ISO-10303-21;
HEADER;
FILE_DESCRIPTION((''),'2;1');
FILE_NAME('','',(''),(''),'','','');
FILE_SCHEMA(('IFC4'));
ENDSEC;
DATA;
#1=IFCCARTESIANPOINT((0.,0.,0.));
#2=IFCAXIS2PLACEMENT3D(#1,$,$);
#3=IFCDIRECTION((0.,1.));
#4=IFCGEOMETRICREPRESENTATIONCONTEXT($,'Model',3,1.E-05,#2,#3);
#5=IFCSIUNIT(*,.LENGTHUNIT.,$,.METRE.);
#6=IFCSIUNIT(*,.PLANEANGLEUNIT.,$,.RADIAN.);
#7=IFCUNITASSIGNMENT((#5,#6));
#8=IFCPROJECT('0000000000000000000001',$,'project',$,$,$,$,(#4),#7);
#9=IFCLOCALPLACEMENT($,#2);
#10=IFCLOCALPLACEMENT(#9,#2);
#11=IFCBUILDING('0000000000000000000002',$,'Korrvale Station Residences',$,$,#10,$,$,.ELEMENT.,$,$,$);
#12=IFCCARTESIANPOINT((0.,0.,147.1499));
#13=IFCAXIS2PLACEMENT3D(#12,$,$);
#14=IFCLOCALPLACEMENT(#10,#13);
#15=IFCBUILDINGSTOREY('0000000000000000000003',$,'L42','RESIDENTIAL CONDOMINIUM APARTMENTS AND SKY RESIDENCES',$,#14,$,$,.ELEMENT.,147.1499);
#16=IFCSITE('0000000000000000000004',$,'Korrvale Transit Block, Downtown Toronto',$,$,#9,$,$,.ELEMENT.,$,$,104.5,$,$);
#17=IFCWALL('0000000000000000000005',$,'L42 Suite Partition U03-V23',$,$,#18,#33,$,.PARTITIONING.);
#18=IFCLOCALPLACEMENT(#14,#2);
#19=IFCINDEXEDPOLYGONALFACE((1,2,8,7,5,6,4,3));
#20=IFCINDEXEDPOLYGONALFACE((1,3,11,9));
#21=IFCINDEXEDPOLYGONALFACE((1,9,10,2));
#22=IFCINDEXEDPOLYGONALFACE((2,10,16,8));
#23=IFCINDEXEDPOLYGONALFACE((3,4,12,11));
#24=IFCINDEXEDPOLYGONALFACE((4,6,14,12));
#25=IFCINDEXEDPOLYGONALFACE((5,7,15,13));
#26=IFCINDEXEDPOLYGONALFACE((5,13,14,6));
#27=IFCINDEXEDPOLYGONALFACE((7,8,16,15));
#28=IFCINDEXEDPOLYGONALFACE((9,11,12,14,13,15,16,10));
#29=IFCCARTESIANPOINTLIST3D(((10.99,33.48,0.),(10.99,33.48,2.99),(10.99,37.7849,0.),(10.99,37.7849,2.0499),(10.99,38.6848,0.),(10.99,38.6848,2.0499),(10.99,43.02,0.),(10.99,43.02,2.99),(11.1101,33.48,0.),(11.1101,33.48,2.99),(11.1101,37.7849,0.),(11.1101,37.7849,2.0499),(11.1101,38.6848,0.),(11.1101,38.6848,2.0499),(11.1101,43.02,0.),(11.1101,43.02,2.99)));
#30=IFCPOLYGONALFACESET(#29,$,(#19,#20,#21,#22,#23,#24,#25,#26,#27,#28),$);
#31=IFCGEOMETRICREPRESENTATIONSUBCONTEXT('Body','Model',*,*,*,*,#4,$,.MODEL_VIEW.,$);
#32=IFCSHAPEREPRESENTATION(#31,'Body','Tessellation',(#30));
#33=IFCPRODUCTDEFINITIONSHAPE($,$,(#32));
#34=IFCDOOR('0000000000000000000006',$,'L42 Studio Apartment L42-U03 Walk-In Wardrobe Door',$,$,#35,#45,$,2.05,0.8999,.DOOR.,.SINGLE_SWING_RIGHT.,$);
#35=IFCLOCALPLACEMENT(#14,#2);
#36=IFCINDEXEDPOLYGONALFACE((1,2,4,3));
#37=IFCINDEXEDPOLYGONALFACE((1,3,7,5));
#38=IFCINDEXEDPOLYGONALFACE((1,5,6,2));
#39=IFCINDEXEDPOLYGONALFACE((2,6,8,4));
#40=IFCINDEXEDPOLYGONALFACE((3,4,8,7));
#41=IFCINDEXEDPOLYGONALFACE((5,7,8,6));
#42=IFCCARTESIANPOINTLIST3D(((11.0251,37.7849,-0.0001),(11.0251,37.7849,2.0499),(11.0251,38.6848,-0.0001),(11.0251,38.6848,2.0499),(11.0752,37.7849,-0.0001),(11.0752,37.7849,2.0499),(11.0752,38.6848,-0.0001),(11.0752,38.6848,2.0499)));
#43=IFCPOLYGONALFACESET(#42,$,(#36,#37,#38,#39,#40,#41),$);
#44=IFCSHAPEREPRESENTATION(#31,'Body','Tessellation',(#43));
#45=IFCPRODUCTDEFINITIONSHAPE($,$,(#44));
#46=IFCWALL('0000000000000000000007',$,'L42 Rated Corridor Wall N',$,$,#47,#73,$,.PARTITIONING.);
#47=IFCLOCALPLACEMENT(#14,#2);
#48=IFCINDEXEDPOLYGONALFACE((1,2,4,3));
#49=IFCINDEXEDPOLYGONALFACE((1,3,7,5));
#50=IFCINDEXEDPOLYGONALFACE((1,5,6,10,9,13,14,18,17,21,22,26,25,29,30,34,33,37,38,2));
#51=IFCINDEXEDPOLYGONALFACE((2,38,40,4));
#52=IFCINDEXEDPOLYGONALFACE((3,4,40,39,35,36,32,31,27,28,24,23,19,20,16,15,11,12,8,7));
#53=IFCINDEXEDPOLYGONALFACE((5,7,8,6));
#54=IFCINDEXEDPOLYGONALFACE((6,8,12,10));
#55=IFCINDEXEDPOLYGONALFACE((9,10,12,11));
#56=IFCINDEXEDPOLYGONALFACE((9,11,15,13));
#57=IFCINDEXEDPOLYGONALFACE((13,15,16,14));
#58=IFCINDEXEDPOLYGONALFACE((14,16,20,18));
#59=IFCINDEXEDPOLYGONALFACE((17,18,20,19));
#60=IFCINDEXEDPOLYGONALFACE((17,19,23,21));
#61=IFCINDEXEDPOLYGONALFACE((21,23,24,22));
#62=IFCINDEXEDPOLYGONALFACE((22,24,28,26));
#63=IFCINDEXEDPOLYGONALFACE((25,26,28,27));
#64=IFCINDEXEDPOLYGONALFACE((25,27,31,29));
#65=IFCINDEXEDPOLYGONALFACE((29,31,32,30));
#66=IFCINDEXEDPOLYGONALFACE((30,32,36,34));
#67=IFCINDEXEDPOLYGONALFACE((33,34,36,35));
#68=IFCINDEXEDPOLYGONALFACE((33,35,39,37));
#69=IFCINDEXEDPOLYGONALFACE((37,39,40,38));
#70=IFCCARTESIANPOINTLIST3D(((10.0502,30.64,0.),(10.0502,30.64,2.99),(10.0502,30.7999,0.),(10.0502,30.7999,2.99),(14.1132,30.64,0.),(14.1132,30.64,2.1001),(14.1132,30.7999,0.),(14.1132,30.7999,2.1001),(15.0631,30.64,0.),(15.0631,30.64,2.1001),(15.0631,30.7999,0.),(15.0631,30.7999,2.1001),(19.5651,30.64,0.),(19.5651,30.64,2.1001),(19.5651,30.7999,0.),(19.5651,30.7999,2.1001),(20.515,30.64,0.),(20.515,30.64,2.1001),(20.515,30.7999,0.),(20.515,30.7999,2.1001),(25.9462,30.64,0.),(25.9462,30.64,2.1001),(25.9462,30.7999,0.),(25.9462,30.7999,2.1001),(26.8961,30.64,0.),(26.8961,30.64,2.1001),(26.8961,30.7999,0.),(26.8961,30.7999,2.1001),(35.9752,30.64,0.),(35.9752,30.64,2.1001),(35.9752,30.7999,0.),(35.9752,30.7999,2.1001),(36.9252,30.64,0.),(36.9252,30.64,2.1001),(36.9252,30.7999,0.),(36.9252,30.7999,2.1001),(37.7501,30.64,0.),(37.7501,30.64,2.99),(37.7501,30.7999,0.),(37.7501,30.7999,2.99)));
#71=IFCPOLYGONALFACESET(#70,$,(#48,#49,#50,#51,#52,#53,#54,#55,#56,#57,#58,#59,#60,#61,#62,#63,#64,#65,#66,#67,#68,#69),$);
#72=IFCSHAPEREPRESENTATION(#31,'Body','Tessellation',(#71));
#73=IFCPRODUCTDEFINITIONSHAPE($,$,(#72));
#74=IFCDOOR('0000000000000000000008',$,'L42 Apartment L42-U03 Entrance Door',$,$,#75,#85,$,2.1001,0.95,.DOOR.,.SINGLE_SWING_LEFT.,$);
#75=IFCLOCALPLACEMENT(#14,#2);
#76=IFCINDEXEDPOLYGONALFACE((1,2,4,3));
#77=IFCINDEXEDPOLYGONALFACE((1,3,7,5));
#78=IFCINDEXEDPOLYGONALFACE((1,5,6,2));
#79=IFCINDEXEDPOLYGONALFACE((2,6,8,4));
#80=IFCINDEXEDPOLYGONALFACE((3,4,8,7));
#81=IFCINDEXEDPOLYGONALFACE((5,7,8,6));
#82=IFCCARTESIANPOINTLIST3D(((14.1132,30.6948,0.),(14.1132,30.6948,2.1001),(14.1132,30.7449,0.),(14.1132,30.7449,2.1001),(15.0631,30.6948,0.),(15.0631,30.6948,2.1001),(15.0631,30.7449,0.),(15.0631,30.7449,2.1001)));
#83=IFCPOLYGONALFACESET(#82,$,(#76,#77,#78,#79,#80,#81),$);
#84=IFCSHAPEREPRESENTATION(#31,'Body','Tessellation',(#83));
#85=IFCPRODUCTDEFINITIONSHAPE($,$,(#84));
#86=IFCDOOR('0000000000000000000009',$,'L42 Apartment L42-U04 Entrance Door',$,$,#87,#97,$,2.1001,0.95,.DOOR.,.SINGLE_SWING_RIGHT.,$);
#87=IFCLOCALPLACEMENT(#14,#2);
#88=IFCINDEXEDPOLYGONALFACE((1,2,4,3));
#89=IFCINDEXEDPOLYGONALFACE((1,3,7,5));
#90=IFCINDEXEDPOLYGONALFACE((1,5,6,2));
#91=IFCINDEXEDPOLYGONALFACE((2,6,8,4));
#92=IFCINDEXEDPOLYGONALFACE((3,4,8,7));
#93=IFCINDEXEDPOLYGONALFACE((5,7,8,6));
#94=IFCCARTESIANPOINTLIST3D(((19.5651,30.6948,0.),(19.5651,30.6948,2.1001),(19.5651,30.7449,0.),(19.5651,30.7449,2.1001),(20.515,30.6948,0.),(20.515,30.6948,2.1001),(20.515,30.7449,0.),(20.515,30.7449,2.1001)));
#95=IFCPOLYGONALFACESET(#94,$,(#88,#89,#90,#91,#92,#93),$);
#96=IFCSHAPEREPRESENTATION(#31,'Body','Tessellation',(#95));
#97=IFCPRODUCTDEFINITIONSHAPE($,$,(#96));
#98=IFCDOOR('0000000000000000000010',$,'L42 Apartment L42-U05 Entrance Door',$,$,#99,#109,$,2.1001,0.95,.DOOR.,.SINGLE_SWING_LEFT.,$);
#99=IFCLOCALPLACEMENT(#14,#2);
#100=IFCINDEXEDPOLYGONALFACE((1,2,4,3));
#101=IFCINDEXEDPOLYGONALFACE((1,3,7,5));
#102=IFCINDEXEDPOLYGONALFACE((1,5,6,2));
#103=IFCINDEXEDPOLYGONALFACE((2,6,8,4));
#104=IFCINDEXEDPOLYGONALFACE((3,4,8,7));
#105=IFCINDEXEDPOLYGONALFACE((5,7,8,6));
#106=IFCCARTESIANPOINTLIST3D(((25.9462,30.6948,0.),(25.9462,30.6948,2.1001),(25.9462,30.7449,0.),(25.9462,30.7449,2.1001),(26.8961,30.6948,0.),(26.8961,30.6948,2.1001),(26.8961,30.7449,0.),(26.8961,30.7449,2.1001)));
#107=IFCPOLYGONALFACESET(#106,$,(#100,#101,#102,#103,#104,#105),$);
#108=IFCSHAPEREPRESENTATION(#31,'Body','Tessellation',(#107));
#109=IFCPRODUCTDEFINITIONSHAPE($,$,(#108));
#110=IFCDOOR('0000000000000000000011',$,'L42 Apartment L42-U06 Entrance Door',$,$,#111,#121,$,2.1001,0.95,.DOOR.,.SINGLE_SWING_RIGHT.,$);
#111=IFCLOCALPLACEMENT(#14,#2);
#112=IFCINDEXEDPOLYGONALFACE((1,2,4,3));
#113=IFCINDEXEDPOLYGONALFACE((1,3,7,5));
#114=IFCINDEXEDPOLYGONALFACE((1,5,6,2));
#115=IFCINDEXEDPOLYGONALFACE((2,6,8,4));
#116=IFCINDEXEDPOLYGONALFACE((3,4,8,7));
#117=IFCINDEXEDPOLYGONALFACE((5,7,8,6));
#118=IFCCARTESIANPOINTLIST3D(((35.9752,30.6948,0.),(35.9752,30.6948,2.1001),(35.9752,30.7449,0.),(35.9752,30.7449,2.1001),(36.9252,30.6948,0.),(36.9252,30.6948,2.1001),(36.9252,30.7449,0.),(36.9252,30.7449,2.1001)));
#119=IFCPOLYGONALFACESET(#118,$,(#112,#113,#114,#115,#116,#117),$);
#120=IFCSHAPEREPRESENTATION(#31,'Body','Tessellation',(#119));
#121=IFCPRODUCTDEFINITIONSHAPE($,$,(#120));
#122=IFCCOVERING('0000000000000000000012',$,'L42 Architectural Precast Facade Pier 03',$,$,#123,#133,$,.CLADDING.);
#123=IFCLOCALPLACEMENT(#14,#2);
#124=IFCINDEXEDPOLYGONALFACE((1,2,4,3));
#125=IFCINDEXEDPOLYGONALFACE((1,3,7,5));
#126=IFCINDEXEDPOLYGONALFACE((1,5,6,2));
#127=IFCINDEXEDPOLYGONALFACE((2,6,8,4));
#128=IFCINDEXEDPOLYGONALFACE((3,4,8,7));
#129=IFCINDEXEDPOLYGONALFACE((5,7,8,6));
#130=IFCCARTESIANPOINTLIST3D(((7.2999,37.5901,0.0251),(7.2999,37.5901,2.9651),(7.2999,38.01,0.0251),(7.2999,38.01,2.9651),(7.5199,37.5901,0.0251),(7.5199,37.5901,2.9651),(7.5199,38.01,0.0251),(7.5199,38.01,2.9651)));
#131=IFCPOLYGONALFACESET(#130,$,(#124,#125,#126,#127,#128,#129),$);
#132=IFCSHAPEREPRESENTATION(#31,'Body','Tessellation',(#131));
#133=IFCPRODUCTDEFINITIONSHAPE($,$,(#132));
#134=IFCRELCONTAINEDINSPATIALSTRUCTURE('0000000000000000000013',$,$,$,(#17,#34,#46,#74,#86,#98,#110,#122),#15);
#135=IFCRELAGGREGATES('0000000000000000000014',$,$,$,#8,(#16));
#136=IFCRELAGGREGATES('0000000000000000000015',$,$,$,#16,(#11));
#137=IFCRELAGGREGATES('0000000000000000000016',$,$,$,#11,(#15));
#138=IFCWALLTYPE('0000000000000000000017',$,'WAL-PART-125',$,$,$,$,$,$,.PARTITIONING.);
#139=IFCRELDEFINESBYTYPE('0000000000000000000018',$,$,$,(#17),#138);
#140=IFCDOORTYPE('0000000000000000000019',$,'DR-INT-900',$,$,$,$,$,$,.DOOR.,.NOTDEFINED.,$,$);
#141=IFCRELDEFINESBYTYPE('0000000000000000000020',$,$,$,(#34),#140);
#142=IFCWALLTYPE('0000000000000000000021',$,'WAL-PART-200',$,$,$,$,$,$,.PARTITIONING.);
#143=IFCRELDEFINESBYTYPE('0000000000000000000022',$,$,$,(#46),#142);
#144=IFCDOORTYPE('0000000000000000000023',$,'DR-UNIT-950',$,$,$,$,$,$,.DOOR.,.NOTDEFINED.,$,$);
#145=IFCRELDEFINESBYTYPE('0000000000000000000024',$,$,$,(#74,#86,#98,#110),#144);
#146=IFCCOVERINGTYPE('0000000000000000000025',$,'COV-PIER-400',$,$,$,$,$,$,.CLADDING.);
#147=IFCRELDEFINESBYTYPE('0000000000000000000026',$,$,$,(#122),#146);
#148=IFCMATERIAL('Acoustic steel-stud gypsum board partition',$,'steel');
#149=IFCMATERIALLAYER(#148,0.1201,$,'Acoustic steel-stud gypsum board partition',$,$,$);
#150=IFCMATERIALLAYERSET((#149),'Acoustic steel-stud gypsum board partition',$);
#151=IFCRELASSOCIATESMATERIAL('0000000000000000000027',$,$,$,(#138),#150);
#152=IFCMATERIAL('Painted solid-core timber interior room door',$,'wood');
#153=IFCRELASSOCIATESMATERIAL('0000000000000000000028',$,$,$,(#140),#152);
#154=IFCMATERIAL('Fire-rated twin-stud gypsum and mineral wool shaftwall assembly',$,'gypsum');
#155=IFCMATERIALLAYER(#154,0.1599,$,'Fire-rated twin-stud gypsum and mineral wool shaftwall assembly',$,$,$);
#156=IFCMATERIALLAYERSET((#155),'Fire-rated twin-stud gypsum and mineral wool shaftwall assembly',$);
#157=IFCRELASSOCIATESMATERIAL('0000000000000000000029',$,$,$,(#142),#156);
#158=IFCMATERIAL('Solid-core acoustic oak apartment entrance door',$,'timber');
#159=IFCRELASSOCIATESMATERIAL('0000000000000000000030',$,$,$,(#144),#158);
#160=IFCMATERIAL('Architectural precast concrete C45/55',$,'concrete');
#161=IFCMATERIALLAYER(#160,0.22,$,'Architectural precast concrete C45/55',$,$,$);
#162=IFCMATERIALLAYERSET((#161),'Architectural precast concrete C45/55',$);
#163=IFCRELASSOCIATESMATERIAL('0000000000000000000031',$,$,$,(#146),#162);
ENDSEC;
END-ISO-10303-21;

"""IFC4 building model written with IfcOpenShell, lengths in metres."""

from ifc_helpers import new_model, si_unit, direction, frame, frame_2d, origin, origin_2d, place, context, subcontext, project, spatial, rectangle, extrude, material, layer, layer_set, type_object, element, fill, save


model = new_model("IFC4")

# Units and contexts
model_context = context("Model", 3, precision=1e-05, world=origin(), true_north=direction((0.0, 1.0)))
body_context = subcontext(model_context, "Body", "Model", "MODEL_VIEW")
ifc_project = project(units=[si_unit("LENGTHUNIT", "METRE"), si_unit("PLANEANGLEUNIT", "RADIAN")], contexts=[model_context])

# Site, building, storey
site_placement = place(None, origin())
site = spatial("IfcSite", under=ifc_project, at=site_placement, Name="Korrvale Transit Block, Downtown Toronto", CompositionType="ELEMENT", RefElevation=104.5)
building_placement = place(site_placement, origin())
building = spatial("IfcBuilding", under=site, at=building_placement, Name="Korrvale Station Residences", CompositionType="ELEMENT")
storey_placement = place(building_placement, frame((0.0, 0.0, 147.1499)))
storey = spatial("IfcBuildingStorey", under=building, at=storey_placement, Name="L42", Description="RESIDENTIAL CONDOMINIUM APARTMENTS AND SKY RESIDENCES", CompositionType="ELEMENT", Elevation=147.1499)

# Shared definitions
ifc_material_1 = material(Name="Acoustic steel-stud gypsum board partition", Category="steel")
ifc_layer_1 = layer(ifc_material_1, 0.1201, Name="Acoustic steel-stud gypsum board partition")
ifc_layer_set_1 = layer_set([ifc_layer_1], Name="Acoustic steel-stud gypsum board partition")
wall_type_1 = type_object("IfcWallType", Name="WAL-PART-125", PredefinedType="PARTITIONING", material=ifc_layer_set_1)

# Wall, opening, door
ifc_material_2 = material(Name="Painted solid-core timber interior room door", Category="wood")
door_type_1 = type_object("IfcDoorType", Name="DR-INT-900", OperationType="NOTDEFINED", PredefinedType="DOOR", material=ifc_material_2)
wall_1_placement = place(storey_placement, frame((11.05, 33.48, 0.0), z_axis=(0.0, 0.0, 1.0), x_axis=(0.0, 1.0, 0.0)))
wall_1 = element("IfcWall", 1, at=wall_1_placement, inside=storey, type_object=wall_type_1, Name="L42 Suite Partition U03-V23", PredefinedType="PARTITIONING", context=body_context, shape_type="SweptSolid", body=[
    extrude(rectangle(XDim=9.54, YDim=0.1201, at=frame_2d((4.77, 0.0))), origin(), (0.0, 0.0, 1.0), 2.99),
])
opening_1_placement = place(wall_1_placement, frame((4.3049, 0.0, 0.0)))
opening_1 = element("IfcOpeningElement", 2, at=opening_1_placement, cuts=wall_1, PredefinedType="OPENING", context=body_context, shape_type="SweptSolid", body=[
    extrude(rectangle(XDim=0.8999, YDim=2.05, at=frame_2d((0.45, 1.0249))), frame((0.0, 0.0701, 0.0), z_axis=(0.0, -1.0, 0.0), x_axis=(1.0, 0.0, 0.0)), (0.0, 0.0, 1.0), 0.1401),
])
door_1_placement = place(opening_1_placement, origin())
door_1 = element("IfcDoor", 3, at=door_1_placement, inside=storey, type_object=door_type_1, Name="L42 Studio Apartment L42-U03 Walk-In Wardrobe Door", OperationType="SINGLE_SWING_RIGHT", OverallHeight=2.05, OverallWidth=0.8999, PredefinedType="DOOR", context=body_context, shape_type="SweptSolid", body=[
    extrude(rectangle(XDim=0.8999, YDim=2.05, at=frame_2d((0.45, 1.0249))), frame((0.0, 0.0249, 0.0), z_axis=(0.0, -1.0, 0.0), x_axis=(1.0, 0.0, 0.0)), (0.0, 0.0, 1.0), 0.05),
])
fill(opening_1, door_1)

# Wall, openings, doors
ifc_material_3 = material(Name="Fire-rated twin-stud gypsum and mineral wool shaftwall assembly", Category="gypsum")
ifc_layer_2 = layer(ifc_material_3, 0.1599, Name="Fire-rated twin-stud gypsum and mineral wool shaftwall assembly")
ifc_layer_set_2 = layer_set([ifc_layer_2], Name="Fire-rated twin-stud gypsum and mineral wool shaftwall assembly")
wall_type_2 = type_object("IfcWallType", Name="WAL-PART-200", PredefinedType="PARTITIONING", material=ifc_layer_set_2)
wall_2_placement = place(storey_placement, frame((10.05, 30.72, 0.0), z_axis=(0.0, 0.0, 1.0), x_axis=(1.0, 0.0, 0.0)))
wall_2 = element("IfcWall", 4, at=wall_2_placement, inside=storey, type_object=wall_type_2, Name="L42 Rated Corridor Wall N", PredefinedType="PARTITIONING", context=body_context, shape_type="SweptSolid", body=[
    extrude(rectangle(XDim=27.7, YDim=0.1599, at=frame_2d((13.8501, 0.0))), origin(), (0.0, 0.0, 1.0), 2.99),
])
opening_2_placement = place(wall_2_placement, frame((4.063, 0.0, 0.0)))
opening_2 = element("IfcOpeningElement", 5, at=opening_2_placement, cuts=wall_2, PredefinedType="OPENING", context=body_context, shape_type="SweptSolid", body=[
    extrude(rectangle(XDim=0.95, YDim=2.1001, at=frame_2d((0.4751, 1.05))), frame((0.0, 0.0898, 0.0), z_axis=(0.0, -1.0, 0.0), x_axis=(1.0, 0.0, 0.0)), (0.0, 0.0, 1.0), 0.1799),
])
opening_3_placement = place(wall_2_placement, frame((9.5149, 0.0, 0.0)))
opening_3 = element("IfcOpeningElement", 6, at=opening_3_placement, cuts=wall_2, PredefinedType="OPENING", context=body_context, shape_type="SweptSolid", body=[
    extrude(rectangle(XDim=0.95, YDim=2.1001, at=frame_2d((0.4751, 1.05))), frame((0.0, 0.0898, 0.0), z_axis=(0.0, -1.0, 0.0), x_axis=(1.0, 0.0, 0.0)), (0.0, 0.0, 1.0), 0.1799),
])
opening_4_placement = place(wall_2_placement, frame((15.896, 0.0, 0.0)))
opening_4 = element("IfcOpeningElement", 7, at=opening_4_placement, cuts=wall_2, PredefinedType="OPENING", context=body_context, shape_type="SweptSolid", body=[
    extrude(rectangle(XDim=0.95, YDim=2.1001, at=frame_2d((0.4751, 1.05))), frame((0.0, 0.0898, 0.0), z_axis=(0.0, -1.0, 0.0), x_axis=(1.0, 0.0, 0.0)), (0.0, 0.0, 1.0), 0.1799),
])
opening_5_placement = place(wall_2_placement, frame((25.925, 0.0, 0.0)))
opening_5 = element("IfcOpeningElement", 8, at=opening_5_placement, cuts=wall_2, PredefinedType="OPENING", context=body_context, shape_type="SweptSolid", body=[
    extrude(rectangle(XDim=0.95, YDim=2.1001, at=frame_2d((0.4751, 1.05))), frame((0.0, 0.0898, 0.0), z_axis=(0.0, -1.0, 0.0), x_axis=(1.0, 0.0, 0.0)), (0.0, 0.0, 1.0), 0.1799),
])
ifc_material_4 = material(Name="Solid-core acoustic oak apartment entrance door", Category="timber")
door_type_2 = type_object("IfcDoorType", Name="DR-UNIT-950", OperationType="NOTDEFINED", PredefinedType="DOOR", material=ifc_material_4)
door_2_placement = place(opening_2_placement, origin())
door_2 = element("IfcDoor", 9, at=door_2_placement, inside=storey, type_object=door_type_2, Name="L42 Apartment L42-U03 Entrance Door", OperationType="SINGLE_SWING_LEFT", OverallHeight=2.1001, OverallWidth=0.95, PredefinedType="DOOR", context=body_context, shape_type="SweptSolid", body=[
    extrude(rectangle(XDim=0.95, YDim=2.1001, at=frame_2d((0.4751, 1.05))), frame((0.0, 0.0249, 0.0), z_axis=(0.0, -1.0, 0.0), x_axis=(1.0, 0.0, 0.0)), (0.0, 0.0, 1.0), 0.05),
])
fill(opening_2, door_2)
door_3_placement = place(opening_3_placement, origin())
door_3 = element("IfcDoor", 10, at=door_3_placement, inside=storey, type_object=door_type_2, Name="L42 Apartment L42-U04 Entrance Door", OperationType="SINGLE_SWING_RIGHT", OverallHeight=2.1001, OverallWidth=0.95, PredefinedType="DOOR", context=body_context, shape_type="SweptSolid", body=[
    extrude(rectangle(XDim=0.95, YDim=2.1001, at=frame_2d((0.4751, 1.05))), frame((0.0, 0.0249, 0.0), z_axis=(0.0, -1.0, 0.0), x_axis=(1.0, 0.0, 0.0)), (0.0, 0.0, 1.0), 0.05),
])
fill(opening_3, door_3)
door_4_placement = place(opening_4_placement, origin())
door_4 = element("IfcDoor", 11, at=door_4_placement, inside=storey, type_object=door_type_2, Name="L42 Apartment L42-U05 Entrance Door", OperationType="SINGLE_SWING_LEFT", OverallHeight=2.1001, OverallWidth=0.95, PredefinedType="DOOR", context=body_context, shape_type="SweptSolid", body=[
    extrude(rectangle(XDim=0.95, YDim=2.1001, at=frame_2d((0.4751, 1.05))), frame((0.0, 0.0249, 0.0), z_axis=(0.0, -1.0, 0.0), x_axis=(1.0, 0.0, 0.0)), (0.0, 0.0, 1.0), 0.05),
])
fill(opening_4, door_4)
door_5_placement = place(opening_5_placement, origin())
door_5 = element("IfcDoor", 12, at=door_5_placement, inside=storey, type_object=door_type_2, Name="L42 Apartment L42-U06 Entrance Door", OperationType="SINGLE_SWING_RIGHT", OverallHeight=2.1001, OverallWidth=0.95, PredefinedType="DOOR", context=body_context, shape_type="SweptSolid", body=[
    extrude(rectangle(XDim=0.95, YDim=2.1001, at=frame_2d((0.4751, 1.05))), frame((0.0, 0.0249, 0.0), z_axis=(0.0, -1.0, 0.0), x_axis=(1.0, 0.0, 0.0)), (0.0, 0.0, 1.0), 0.05),
])
fill(opening_5, door_5)

# Covering
ifc_material_5 = material(Name="Architectural precast concrete C45/55", Category="concrete")
ifc_layer_3 = layer(ifc_material_5, 0.22, Name="Architectural precast concrete C45/55")
ifc_layer_set_3 = layer_set([ifc_layer_3], Name="Architectural precast concrete C45/55")
covering_type = type_object("IfcCoveringType", Name="COV-PIER-400", PredefinedType="CLADDING", material=ifc_layer_set_3)
covering_placement = place(storey_placement, frame((7.4099, 37.8, 0.0251), z_axis=(0.0, 0.0, 1.0), x_axis=(0.0, 1.0, 0.0)))
element("IfcCovering", 13, at=covering_placement, inside=storey, type_object=covering_type, Name="L42 Architectural Precast Facade Pier 03", PredefinedType="CLADDING", context=body_context, shape_type="SweptSolid", body=[
    extrude(rectangle(XDim=0.4199, YDim=0.22, at=origin_2d()), origin(), (0.0, 0.0, 1.0), 2.9399),
])

save(model, "model.ifc")
